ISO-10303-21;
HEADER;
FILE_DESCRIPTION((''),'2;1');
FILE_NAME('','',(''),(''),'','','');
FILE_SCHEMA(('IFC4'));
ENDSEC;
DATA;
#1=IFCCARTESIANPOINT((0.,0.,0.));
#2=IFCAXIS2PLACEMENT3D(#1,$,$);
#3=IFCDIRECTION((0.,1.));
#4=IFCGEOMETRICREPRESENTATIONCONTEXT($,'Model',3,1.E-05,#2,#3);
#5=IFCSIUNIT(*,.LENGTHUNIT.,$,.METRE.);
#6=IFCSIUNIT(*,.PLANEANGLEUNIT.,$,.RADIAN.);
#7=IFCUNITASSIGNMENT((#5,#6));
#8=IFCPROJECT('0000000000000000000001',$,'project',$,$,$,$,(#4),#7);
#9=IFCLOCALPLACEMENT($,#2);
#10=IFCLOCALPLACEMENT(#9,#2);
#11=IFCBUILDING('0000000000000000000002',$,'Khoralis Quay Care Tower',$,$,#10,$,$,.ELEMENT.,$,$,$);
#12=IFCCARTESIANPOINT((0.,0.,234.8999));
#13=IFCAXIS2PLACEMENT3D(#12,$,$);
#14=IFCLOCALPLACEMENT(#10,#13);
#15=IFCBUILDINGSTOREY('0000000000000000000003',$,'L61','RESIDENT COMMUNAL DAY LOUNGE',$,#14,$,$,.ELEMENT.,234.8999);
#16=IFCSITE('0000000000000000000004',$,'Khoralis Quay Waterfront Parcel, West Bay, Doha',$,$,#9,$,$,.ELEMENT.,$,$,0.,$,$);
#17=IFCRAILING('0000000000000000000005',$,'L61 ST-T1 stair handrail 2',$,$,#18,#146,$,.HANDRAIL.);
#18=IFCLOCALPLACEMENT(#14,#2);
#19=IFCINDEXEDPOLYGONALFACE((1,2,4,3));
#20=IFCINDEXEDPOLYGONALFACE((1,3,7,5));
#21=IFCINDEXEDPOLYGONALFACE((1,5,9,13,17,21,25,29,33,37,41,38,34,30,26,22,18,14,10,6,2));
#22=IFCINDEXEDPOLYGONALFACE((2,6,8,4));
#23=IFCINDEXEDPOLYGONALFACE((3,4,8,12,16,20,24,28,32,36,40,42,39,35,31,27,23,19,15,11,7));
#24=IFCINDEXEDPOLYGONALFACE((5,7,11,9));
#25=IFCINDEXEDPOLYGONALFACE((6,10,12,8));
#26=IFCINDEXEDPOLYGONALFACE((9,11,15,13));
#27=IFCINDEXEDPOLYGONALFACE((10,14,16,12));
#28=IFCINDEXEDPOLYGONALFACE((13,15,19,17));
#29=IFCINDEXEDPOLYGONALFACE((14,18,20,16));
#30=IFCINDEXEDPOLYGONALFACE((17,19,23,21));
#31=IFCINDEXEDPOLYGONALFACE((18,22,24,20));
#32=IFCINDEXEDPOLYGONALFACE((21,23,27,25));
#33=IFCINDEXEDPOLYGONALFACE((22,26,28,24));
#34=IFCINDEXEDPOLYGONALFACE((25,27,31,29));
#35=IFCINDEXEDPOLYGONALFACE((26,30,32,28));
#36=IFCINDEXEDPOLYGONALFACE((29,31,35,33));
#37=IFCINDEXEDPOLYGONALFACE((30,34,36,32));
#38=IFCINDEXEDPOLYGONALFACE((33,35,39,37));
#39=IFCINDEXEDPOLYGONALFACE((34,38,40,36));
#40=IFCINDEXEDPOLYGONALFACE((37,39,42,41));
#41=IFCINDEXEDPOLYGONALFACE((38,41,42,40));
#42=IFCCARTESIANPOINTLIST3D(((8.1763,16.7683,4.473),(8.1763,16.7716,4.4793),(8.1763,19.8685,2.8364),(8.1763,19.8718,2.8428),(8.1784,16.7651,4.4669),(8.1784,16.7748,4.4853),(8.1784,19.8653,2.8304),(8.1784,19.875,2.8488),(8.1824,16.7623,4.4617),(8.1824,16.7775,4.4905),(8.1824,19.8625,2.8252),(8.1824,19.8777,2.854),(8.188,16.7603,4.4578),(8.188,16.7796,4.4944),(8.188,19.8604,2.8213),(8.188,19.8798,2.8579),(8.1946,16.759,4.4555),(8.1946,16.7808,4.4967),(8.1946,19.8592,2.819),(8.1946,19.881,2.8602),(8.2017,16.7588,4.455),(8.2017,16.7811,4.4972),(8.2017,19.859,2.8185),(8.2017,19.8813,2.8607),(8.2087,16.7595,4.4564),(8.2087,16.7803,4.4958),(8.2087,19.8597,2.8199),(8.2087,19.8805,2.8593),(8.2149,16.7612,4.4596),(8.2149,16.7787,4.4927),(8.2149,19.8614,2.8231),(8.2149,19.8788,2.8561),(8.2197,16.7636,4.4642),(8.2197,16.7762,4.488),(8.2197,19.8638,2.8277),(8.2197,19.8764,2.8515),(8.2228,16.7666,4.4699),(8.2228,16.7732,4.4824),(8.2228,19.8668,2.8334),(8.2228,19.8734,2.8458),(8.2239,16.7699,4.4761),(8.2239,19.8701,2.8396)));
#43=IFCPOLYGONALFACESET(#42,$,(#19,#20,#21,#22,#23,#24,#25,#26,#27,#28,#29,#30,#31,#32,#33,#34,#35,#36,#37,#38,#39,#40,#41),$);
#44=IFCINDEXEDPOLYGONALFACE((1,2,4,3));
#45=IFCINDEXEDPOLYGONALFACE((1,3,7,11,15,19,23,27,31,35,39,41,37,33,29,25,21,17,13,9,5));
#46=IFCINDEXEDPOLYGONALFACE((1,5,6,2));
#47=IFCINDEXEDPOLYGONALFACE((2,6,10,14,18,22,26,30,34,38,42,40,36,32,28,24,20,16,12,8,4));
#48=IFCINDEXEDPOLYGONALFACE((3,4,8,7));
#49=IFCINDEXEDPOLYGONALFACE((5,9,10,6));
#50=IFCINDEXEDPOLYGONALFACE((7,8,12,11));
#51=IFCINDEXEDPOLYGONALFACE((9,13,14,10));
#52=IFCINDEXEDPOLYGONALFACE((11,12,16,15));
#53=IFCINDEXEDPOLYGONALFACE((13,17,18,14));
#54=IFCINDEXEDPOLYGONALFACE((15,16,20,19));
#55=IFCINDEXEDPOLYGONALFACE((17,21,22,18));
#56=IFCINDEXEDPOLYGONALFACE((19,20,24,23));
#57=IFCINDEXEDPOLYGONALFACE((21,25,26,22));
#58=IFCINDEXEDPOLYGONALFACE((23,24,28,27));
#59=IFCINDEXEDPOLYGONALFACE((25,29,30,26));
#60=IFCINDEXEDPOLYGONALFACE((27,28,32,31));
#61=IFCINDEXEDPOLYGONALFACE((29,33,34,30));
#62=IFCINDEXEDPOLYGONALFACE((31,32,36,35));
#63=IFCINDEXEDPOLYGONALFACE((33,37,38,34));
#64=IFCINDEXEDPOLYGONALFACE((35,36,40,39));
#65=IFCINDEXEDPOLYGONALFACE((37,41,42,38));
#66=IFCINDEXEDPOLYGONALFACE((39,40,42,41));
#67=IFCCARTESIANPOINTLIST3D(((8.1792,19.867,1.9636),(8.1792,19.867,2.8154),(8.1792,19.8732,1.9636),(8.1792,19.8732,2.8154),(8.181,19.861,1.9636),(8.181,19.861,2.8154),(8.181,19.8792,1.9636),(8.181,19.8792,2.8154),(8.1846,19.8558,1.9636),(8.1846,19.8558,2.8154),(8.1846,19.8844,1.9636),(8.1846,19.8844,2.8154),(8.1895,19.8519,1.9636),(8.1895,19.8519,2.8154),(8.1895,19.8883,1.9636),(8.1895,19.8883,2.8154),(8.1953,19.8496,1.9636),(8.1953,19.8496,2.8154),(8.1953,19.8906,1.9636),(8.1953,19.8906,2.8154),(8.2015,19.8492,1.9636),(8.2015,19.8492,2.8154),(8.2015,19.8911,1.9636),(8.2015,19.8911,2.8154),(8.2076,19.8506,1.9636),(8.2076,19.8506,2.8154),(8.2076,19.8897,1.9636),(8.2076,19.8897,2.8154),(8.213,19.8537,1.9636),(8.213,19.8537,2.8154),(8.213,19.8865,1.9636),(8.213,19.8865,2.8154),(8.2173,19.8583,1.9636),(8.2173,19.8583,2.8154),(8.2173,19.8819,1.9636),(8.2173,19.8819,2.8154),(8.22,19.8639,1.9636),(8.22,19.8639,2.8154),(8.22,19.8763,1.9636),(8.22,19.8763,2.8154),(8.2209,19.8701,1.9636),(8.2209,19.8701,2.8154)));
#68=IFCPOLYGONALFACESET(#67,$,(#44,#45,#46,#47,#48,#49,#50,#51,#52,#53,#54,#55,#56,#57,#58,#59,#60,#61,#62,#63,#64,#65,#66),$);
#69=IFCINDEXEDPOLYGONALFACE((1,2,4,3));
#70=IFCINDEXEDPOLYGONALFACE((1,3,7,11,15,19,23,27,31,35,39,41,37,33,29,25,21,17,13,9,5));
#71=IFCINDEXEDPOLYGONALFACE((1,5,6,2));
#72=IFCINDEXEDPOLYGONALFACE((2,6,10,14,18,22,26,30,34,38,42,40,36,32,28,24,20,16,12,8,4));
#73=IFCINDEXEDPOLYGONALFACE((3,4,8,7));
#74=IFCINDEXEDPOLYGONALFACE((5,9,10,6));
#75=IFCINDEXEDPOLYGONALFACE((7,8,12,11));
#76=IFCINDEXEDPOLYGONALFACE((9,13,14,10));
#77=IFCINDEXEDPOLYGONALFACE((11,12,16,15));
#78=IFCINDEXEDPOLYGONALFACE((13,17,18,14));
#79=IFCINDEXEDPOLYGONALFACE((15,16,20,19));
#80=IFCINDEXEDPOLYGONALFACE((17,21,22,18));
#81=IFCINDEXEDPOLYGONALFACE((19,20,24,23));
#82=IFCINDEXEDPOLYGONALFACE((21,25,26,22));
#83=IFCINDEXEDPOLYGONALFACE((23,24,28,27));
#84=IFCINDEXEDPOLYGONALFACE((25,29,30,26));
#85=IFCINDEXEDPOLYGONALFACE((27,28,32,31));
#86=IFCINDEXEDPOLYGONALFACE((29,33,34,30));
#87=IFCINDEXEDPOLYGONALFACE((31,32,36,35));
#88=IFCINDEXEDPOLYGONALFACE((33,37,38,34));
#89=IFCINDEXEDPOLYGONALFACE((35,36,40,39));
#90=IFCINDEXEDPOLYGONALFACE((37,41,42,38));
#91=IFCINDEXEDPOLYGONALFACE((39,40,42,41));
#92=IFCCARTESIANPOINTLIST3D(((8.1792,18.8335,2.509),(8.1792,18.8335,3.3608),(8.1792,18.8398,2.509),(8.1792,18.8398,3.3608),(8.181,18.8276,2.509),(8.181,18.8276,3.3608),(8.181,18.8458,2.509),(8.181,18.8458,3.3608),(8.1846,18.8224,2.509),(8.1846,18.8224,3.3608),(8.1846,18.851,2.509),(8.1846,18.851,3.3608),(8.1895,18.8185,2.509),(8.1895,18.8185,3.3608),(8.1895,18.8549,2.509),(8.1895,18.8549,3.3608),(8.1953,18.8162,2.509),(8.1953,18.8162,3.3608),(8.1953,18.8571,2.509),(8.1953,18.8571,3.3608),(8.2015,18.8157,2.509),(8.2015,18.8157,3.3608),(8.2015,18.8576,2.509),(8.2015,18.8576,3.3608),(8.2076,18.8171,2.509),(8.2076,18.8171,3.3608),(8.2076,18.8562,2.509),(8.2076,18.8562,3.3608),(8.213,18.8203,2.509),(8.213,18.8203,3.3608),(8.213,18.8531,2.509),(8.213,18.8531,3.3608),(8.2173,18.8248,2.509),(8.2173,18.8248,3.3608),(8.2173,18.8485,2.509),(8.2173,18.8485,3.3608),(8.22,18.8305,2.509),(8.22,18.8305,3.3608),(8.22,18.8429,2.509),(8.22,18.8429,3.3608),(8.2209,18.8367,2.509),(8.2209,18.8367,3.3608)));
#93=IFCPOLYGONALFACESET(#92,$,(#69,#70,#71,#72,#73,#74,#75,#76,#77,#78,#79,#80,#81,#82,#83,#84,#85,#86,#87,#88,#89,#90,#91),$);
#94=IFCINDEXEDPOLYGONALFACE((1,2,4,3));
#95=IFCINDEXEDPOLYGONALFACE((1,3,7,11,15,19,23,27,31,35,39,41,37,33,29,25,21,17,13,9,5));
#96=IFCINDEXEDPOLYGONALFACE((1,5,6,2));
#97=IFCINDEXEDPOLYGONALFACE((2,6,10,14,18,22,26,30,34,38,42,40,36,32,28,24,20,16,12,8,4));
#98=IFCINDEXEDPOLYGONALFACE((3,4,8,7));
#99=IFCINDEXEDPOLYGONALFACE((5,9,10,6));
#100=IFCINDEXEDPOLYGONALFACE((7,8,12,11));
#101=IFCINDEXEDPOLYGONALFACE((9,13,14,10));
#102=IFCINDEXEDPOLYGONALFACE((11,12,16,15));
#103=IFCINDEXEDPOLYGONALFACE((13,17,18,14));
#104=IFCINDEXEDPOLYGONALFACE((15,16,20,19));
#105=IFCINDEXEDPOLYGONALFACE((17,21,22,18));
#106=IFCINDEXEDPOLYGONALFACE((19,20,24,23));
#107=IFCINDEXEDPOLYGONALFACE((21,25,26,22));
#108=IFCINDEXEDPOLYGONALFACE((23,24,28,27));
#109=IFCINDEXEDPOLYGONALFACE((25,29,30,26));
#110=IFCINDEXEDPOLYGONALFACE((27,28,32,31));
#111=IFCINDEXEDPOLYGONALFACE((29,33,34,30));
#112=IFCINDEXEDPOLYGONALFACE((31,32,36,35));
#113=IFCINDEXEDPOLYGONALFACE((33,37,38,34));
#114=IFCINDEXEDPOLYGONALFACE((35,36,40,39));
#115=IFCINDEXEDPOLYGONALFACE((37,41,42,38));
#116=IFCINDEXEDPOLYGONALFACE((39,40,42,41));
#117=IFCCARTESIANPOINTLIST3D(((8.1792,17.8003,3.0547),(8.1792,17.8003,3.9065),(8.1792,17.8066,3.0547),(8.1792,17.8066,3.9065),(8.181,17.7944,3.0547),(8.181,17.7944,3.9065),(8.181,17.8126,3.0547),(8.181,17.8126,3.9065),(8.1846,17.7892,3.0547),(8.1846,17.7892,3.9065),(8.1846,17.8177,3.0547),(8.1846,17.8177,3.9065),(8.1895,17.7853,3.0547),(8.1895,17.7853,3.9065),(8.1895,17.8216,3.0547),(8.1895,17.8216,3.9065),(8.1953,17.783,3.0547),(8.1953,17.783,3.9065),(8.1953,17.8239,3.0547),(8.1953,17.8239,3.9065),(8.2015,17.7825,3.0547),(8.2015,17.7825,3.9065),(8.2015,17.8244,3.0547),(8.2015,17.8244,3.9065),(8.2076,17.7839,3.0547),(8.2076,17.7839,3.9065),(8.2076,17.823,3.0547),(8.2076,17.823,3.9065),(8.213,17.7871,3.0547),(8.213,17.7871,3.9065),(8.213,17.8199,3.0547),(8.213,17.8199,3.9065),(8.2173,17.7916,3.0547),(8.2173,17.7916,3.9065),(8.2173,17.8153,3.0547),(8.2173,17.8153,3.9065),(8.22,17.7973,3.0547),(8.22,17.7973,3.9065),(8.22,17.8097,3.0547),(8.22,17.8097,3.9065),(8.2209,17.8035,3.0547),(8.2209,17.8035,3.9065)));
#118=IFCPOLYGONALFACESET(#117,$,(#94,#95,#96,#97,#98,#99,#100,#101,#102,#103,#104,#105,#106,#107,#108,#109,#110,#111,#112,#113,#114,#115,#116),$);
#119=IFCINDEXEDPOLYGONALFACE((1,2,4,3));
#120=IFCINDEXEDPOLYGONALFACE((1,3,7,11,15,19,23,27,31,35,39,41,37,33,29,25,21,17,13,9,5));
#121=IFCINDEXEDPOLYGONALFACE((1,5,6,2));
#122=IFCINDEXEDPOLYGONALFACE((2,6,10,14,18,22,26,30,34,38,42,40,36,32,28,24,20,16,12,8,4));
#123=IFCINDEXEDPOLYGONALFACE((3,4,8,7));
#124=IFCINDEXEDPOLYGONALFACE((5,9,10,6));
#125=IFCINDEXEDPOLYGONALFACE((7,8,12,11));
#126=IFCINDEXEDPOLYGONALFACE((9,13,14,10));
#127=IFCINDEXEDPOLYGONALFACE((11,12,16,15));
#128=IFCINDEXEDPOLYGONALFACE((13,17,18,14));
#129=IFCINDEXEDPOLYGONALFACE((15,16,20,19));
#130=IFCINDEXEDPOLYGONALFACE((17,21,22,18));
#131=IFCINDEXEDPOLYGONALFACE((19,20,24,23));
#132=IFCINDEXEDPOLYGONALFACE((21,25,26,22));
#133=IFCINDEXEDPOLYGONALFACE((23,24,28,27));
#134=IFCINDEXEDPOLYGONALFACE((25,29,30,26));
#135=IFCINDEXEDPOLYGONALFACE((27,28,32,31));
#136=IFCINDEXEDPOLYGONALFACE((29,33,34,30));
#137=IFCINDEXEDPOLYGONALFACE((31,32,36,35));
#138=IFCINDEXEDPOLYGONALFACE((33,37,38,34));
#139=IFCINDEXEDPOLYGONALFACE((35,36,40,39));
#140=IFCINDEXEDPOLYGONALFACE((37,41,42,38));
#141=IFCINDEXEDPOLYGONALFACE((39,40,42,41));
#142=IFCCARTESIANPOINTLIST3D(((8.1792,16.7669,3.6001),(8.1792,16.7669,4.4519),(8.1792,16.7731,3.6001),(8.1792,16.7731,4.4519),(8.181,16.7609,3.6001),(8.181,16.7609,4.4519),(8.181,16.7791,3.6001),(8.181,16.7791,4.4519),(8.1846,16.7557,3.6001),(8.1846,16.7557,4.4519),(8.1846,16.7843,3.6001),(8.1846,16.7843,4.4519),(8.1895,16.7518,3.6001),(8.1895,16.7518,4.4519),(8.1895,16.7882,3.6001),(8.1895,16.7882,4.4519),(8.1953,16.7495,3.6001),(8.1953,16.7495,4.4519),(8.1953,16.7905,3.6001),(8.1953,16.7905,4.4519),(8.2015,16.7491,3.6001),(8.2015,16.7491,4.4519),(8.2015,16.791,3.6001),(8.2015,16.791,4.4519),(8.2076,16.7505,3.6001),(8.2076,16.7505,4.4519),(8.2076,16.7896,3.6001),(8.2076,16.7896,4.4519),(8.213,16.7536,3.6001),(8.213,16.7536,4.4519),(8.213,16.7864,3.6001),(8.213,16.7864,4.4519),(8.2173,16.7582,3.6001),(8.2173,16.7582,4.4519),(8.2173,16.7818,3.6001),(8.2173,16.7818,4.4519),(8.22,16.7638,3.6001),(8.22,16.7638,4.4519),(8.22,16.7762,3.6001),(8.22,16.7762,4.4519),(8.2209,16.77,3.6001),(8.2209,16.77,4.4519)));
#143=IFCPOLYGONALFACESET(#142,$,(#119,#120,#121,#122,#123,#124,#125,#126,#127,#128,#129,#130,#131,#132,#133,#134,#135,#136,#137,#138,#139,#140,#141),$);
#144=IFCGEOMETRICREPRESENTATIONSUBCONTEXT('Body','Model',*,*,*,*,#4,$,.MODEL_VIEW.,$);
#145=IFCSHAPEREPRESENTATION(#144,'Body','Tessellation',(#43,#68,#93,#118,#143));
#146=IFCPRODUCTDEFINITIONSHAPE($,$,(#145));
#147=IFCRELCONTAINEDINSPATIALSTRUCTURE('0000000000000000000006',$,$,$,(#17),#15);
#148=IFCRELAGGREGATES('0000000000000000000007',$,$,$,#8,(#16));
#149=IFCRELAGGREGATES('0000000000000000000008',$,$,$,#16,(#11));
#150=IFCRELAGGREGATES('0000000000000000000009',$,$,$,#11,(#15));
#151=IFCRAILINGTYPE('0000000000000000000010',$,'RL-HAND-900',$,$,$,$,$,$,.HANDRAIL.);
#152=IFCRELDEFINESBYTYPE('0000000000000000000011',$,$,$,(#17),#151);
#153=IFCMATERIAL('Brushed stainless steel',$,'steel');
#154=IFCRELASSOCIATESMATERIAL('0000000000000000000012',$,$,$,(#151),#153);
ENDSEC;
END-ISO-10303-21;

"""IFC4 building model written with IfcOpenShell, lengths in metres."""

from ifc_helpers import new_model, si_unit, direction, frame, origin, origin_2d, place, context, subcontext, project, spatial, circle, extrude, material, type_object, element, save


model = new_model("IFC4")

# Units and contexts
model_context = context("Model", 3, precision=1e-05, world=origin(), true_north=direction((0.0, 1.0)))
body_context = subcontext(model_context, "Body", "Model", "MODEL_VIEW")
ifc_project = project(units=[si_unit("LENGTHUNIT", "METRE"), si_unit("PLANEANGLEUNIT", "RADIAN")], contexts=[model_context])

# Site, building, storey
site_placement = place(None, origin())
site = spatial("IfcSite", under=ifc_project, at=site_placement, Name="Khoralis Quay Waterfront Parcel, West Bay, Doha", CompositionType="ELEMENT", RefElevation=0.0)
building_placement = place(site_placement, origin())
building = spatial("IfcBuilding", under=site, at=building_placement, Name="Khoralis Quay Care Tower", CompositionType="ELEMENT")
storey_placement = place(building_placement, frame((0.0, 0.0, 234.8999)))
storey = spatial("IfcBuildingStorey", under=building, at=storey_placement, Name="L61", Description="RESIDENT COMMUNAL DAY LOUNGE", CompositionType="ELEMENT", Elevation=234.8999)

# Railing
ifc_material_1 = material(Name="Brushed stainless steel", Category="steel")
railing_type_1 = type_object("IfcRailingType", Name="RL-HAND-900", PredefinedType="HANDRAIL", material=ifc_material_1)
railing_1_placement = place(storey_placement, frame((8.2, 19.8701, 1.9636)))
element("IfcRailing", 1, at=railing_1_placement, inside=storey, type_object=railing_type_1, Name="L61 ST-T1 stair handrail 2", PredefinedType="HANDRAIL", context=body_context, shape_type="SweptSolid", body=[
    extrude(circle(Radius=0.0239, at=origin_2d()), frame((0.0, 0.0, 0.876), z_axis=(0.0, -0.884348, 0.466828), x_axis=(1.0, 0.0, 0.0)), (0.0, 0.0, 1.0), 3.5056),
    extrude(circle(Radius=0.021, at=origin_2d()), origin(), (0.0, 0.0, 1.0), 0.8518),
    extrude(circle(Radius=0.021, at=origin_2d()), frame((0.0, -1.0334, 0.5454)), (0.0, 0.0, 1.0), 0.8518),
    extrude(circle(Radius=0.021, at=origin_2d()), frame((0.0, -2.0667, 1.0911)), (0.0, 0.0, 1.0), 0.8518),
    extrude(circle(Radius=0.021, at=origin_2d()), frame((0.0, -3.1001, 1.6365)), (0.0, 0.0, 1.0), 0.8518),
])

save(model, "model.ifc")
